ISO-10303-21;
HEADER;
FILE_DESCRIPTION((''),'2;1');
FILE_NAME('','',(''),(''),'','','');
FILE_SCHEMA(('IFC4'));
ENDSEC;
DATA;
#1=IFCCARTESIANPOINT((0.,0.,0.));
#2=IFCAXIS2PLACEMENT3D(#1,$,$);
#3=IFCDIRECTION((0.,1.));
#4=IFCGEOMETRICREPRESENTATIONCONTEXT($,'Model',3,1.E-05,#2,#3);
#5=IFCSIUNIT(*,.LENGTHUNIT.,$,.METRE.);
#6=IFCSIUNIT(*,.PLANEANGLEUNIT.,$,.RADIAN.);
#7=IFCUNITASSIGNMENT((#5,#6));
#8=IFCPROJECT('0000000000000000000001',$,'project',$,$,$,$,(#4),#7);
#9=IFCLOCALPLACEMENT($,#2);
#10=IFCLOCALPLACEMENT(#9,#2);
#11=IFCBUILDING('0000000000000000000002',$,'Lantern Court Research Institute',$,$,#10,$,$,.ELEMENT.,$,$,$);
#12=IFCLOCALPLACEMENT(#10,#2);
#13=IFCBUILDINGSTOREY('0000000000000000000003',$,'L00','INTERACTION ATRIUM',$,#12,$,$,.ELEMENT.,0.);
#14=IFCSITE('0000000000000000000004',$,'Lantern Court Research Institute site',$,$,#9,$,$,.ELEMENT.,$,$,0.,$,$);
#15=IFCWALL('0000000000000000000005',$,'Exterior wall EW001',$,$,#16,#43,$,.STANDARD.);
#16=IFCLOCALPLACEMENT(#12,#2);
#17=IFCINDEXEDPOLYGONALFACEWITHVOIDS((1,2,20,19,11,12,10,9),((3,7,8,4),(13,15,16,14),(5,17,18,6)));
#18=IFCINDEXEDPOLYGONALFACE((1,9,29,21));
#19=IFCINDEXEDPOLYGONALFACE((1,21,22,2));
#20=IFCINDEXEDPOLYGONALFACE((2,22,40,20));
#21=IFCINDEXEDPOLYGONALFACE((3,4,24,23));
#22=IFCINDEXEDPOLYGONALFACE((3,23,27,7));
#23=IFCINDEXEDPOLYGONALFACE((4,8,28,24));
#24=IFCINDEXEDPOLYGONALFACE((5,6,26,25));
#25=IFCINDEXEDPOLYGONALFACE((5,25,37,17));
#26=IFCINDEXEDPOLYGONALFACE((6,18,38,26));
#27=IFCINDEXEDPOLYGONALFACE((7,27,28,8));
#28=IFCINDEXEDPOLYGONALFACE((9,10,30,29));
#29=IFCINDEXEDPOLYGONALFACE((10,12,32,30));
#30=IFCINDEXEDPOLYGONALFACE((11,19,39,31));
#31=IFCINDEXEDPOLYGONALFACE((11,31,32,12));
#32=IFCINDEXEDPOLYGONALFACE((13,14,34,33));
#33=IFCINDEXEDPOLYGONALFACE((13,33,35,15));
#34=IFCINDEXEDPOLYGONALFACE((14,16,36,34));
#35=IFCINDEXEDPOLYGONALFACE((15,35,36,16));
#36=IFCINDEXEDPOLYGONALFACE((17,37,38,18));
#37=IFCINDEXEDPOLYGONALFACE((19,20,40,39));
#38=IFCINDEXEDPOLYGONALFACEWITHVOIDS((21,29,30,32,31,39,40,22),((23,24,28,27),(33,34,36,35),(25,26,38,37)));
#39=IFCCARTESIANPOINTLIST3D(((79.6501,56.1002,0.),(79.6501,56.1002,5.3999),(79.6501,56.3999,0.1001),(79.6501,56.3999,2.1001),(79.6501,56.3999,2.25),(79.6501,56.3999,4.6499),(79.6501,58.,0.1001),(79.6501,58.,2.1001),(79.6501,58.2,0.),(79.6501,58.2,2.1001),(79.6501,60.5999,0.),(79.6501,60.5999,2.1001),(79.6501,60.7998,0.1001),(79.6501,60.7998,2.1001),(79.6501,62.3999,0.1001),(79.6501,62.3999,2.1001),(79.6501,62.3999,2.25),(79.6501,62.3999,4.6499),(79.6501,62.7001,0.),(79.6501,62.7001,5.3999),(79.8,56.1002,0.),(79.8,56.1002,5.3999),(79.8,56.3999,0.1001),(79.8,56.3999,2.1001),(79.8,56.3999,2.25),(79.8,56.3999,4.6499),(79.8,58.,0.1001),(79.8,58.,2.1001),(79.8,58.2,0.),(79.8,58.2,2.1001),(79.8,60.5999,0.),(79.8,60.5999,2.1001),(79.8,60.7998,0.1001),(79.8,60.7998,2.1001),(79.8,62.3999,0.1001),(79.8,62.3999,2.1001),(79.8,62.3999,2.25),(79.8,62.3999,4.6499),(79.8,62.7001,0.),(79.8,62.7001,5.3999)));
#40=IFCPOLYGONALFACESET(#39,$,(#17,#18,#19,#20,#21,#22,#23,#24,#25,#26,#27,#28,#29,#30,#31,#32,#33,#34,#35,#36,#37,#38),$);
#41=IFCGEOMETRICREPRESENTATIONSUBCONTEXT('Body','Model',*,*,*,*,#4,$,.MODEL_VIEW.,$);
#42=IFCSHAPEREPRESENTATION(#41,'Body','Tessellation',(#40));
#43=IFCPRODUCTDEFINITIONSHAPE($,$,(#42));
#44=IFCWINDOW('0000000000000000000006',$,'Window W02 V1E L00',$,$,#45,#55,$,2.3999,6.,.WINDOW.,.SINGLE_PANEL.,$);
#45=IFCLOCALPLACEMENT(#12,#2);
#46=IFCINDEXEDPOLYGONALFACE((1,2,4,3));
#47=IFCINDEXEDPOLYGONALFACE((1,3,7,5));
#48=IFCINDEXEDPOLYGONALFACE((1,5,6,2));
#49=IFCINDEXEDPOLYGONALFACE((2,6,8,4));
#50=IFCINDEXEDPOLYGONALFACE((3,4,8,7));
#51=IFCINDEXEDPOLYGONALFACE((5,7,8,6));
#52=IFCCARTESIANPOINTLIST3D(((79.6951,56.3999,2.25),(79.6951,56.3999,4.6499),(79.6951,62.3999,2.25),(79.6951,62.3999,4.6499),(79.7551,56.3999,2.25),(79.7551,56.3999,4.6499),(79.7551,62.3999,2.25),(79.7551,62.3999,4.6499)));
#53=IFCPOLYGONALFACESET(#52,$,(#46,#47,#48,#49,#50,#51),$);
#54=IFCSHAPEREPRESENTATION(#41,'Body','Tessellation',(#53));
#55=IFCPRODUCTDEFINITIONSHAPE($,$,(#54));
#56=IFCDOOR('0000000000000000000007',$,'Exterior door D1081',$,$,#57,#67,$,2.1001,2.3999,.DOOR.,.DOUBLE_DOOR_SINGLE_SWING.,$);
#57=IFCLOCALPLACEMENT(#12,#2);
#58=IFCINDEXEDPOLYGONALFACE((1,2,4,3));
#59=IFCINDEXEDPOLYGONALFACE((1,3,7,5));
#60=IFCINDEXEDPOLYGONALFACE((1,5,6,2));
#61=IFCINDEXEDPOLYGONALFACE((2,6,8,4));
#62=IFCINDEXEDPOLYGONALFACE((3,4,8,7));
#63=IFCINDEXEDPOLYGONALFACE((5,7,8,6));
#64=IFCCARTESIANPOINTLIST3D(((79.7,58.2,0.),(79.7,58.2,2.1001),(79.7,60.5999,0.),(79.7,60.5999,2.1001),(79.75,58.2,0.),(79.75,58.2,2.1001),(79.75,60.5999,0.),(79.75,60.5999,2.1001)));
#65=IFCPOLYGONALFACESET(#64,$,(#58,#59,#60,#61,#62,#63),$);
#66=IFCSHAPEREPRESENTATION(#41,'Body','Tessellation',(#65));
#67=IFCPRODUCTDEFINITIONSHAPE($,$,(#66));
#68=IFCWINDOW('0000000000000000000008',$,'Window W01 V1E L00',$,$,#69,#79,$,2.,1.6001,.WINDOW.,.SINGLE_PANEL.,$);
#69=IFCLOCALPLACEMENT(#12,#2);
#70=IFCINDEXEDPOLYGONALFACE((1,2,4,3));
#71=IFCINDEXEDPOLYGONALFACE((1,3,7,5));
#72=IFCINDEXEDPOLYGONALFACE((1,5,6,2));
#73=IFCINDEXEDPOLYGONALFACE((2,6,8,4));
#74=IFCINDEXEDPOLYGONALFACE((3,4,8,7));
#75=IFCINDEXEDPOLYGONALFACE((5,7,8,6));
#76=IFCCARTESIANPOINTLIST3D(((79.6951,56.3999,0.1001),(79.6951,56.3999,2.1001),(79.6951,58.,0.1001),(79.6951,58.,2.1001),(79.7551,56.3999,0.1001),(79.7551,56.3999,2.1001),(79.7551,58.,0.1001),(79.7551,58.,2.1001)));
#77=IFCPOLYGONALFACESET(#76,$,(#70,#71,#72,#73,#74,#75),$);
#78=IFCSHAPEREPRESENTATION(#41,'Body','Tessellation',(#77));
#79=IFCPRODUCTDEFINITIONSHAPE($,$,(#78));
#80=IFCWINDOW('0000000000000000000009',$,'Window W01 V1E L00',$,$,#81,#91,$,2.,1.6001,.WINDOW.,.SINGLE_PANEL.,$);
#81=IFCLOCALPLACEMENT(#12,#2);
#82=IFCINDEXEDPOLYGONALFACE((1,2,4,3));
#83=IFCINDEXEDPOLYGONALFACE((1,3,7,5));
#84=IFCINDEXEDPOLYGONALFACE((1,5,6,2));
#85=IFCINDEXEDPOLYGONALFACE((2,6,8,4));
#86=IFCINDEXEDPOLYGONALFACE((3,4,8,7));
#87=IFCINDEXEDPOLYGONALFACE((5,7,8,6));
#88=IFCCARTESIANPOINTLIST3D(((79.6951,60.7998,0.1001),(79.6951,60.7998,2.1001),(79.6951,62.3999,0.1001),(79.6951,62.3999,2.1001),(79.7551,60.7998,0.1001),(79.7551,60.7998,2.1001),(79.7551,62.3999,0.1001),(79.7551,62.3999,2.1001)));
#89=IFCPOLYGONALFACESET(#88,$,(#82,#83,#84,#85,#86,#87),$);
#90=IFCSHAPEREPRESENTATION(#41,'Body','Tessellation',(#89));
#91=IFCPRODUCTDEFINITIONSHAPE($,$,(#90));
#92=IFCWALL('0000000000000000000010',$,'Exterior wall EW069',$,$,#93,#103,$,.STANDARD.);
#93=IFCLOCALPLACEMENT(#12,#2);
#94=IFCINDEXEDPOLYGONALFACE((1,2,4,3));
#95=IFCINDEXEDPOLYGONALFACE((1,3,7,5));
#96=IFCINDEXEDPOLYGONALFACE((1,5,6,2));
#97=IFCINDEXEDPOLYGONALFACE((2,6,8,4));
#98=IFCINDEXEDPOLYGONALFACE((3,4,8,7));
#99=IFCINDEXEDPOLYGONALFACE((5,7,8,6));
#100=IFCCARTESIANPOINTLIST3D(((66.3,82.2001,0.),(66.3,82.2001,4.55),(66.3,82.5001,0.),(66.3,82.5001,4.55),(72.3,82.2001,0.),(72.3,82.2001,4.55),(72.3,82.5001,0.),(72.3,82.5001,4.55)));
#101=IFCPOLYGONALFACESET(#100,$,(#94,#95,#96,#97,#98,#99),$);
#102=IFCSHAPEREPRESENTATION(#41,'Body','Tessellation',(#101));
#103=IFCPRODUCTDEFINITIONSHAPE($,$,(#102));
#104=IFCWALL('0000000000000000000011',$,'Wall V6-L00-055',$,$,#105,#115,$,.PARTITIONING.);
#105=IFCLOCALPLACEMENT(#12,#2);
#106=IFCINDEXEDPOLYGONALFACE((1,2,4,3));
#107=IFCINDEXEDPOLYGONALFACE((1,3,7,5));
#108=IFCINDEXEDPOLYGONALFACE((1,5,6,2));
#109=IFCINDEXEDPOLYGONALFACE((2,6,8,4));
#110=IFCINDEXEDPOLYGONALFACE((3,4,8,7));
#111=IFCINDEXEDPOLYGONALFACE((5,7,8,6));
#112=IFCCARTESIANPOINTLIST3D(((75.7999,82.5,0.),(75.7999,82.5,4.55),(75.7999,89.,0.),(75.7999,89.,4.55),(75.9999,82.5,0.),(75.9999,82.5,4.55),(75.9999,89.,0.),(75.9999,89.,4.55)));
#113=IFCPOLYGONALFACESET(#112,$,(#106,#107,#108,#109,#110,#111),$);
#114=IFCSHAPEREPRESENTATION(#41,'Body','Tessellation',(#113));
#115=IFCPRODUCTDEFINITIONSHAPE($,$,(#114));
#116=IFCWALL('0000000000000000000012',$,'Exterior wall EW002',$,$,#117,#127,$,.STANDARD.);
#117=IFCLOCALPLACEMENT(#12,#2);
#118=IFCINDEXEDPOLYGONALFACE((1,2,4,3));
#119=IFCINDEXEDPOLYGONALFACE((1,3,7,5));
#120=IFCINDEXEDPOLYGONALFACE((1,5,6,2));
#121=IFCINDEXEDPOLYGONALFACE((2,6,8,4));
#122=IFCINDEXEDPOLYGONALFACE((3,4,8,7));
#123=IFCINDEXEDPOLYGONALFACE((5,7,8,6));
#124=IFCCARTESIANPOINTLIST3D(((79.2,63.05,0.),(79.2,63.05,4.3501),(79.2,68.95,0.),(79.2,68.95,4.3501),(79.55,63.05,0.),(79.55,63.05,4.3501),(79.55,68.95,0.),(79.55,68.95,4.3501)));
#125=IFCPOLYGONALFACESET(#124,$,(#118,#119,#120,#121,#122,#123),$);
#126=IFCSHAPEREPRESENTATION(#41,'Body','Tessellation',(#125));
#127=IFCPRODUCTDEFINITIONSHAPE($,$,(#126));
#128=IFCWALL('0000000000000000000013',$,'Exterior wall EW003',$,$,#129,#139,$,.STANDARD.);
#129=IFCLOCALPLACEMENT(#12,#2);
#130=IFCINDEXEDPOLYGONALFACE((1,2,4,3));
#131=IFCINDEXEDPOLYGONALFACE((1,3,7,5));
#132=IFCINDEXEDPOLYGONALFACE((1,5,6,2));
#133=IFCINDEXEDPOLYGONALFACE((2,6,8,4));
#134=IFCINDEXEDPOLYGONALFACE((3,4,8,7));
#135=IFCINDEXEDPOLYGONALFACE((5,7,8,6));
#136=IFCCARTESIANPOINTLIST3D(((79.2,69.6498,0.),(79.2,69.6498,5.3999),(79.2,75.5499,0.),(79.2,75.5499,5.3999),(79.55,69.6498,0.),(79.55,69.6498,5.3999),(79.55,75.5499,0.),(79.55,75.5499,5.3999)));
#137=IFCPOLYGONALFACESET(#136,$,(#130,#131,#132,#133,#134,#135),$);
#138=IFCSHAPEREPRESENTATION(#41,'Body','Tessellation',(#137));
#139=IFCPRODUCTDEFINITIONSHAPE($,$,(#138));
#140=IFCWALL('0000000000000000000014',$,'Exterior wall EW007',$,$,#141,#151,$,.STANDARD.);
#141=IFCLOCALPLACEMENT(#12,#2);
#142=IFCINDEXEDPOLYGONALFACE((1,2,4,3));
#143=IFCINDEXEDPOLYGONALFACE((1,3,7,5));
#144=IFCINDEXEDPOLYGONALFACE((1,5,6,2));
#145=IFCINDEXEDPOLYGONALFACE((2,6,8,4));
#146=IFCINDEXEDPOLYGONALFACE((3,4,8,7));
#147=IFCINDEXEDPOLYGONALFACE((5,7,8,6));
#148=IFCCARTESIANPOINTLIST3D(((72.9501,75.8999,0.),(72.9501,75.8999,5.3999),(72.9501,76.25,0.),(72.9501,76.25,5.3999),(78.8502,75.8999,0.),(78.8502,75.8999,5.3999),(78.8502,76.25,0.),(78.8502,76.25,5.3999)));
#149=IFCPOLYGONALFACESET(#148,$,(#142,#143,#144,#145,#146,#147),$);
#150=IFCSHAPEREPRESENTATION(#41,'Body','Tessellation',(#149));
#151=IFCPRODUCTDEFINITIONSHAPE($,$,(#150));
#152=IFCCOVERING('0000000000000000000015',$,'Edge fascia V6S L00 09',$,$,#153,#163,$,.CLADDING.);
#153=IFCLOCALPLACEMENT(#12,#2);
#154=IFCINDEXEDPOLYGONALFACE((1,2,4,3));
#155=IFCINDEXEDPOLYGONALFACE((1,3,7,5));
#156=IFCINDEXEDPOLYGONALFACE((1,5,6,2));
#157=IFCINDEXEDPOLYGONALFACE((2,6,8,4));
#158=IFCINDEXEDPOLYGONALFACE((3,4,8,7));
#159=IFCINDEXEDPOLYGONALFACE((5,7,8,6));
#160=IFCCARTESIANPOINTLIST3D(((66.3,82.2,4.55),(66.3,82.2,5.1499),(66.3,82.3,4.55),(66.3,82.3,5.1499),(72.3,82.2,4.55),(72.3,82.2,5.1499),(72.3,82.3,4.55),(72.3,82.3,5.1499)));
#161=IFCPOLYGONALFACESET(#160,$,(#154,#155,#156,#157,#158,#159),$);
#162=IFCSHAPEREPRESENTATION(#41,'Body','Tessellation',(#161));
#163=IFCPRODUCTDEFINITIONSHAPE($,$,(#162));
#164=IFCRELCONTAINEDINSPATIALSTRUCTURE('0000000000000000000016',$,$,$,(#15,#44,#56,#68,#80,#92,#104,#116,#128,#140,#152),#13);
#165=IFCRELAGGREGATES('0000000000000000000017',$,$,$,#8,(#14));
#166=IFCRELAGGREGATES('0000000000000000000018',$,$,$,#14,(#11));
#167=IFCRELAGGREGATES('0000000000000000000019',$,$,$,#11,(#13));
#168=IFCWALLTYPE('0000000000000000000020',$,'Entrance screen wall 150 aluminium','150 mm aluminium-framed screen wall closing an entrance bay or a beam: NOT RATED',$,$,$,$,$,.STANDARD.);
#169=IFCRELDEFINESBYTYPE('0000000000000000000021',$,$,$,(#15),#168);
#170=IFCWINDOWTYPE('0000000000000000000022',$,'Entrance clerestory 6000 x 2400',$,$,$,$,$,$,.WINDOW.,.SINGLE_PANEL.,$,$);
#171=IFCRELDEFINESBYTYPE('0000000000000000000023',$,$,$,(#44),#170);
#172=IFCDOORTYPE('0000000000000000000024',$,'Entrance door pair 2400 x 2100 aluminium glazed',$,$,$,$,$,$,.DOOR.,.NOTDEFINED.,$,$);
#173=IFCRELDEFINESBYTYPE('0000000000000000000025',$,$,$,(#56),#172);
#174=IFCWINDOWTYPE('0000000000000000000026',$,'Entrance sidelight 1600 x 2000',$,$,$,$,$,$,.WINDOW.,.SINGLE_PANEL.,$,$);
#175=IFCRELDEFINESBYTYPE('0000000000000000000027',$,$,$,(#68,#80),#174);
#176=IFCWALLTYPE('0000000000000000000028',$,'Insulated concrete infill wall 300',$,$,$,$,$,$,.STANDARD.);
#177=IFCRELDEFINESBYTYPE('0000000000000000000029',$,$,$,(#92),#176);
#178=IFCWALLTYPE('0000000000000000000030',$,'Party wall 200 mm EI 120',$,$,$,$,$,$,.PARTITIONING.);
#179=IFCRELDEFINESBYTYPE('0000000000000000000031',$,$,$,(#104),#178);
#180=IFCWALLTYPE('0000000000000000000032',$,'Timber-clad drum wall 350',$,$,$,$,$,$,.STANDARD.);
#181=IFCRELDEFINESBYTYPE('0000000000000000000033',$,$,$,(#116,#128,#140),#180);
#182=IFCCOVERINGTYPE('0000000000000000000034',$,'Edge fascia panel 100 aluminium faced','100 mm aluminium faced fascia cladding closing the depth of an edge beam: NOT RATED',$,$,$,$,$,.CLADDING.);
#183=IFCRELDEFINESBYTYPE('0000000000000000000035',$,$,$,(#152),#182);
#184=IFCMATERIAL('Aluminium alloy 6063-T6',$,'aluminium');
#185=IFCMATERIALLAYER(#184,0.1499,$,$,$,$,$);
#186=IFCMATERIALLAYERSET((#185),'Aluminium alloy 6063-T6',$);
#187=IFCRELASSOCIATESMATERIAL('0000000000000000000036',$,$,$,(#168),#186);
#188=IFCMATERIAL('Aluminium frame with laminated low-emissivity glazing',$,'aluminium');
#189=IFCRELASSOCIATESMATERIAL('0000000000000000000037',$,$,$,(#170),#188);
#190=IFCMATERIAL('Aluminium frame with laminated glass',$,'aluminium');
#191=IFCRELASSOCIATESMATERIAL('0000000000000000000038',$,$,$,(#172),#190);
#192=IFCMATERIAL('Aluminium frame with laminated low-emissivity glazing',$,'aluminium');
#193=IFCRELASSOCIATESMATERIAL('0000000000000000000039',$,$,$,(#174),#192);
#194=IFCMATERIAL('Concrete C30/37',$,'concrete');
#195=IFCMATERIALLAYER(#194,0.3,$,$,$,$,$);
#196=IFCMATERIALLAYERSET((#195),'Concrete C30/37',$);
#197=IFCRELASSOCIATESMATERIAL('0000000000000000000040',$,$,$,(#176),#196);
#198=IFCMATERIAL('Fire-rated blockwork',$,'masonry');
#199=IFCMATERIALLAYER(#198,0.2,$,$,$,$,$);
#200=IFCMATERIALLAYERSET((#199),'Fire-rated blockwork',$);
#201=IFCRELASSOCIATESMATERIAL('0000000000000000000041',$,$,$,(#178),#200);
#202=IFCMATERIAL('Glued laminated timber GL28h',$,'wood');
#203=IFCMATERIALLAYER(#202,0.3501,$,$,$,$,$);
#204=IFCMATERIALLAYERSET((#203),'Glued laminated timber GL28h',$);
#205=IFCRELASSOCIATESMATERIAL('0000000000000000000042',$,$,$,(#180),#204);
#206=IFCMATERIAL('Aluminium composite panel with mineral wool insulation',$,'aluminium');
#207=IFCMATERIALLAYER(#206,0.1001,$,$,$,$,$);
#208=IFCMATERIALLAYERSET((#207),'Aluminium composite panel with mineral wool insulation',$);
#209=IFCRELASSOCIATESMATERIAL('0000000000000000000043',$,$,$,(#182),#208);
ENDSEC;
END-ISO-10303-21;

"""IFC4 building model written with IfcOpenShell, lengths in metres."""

from ifc_helpers import new_model, si_unit, direction, frame, frame_2d, origin, place, context, subcontext, project, spatial, rectangle, extrude, material, layer, layer_set, type_object, element, fill, save


model = new_model("IFC4")

# Units and contexts
model_context = context("Model", 3, precision=1e-05, world=origin(), true_north=direction((0.0, 1.0)))
body_context = subcontext(model_context, "Body", "Model", "MODEL_VIEW")
ifc_project = project(units=[si_unit("LENGTHUNIT", "METRE"), si_unit("PLANEANGLEUNIT", "RADIAN")], contexts=[model_context])

# Site, building, storey
site_placement = place(None, origin())
site = spatial("IfcSite", under=ifc_project, at=site_placement, Name="Lantern Court Research Institute site", CompositionType="ELEMENT", RefElevation=0.0)
building_placement = place(site_placement, origin())
building = spatial("IfcBuilding", under=site, at=building_placement, Name="Lantern Court Research Institute", CompositionType="ELEMENT")
storey_placement = place(building_placement, origin())
storey = spatial("IfcBuildingStorey", under=building, at=storey_placement, Name="L00", Description="INTERACTION ATRIUM", CompositionType="ELEMENT", Elevation=0.0)

# Wall, openings, windows, door
ifc_material_1 = material(Name="Aluminium alloy 6063-T6", Category="aluminium")
ifc_layer_1 = layer(ifc_material_1, 0.1499)
ifc_layer_set_1 = layer_set([ifc_layer_1], Name="Aluminium alloy 6063-T6")
wall_type_1 = type_object("IfcWallType", Name="Entrance screen wall 150 aluminium", Description="150 mm aluminium-framed screen wall closing an entrance bay or a beam: NOT RATED", PredefinedType="STANDARD", material=ifc_layer_set_1)
wall_1_placement = place(storey_placement, frame((79.7251, 62.7, 0.0), z_axis=(0.0, 0.0, 1.0), x_axis=(0.0, -1.0, 0.0)))
wall_1 = element("IfcWall", 1, at=wall_1_placement, inside=storey, type_object=wall_type_1, Name="Exterior wall EW001", PredefinedType="STANDARD", context=body_context, shape_type="SweptSolid", body=[
    extrude(rectangle(XDim=6.5999, YDim=0.1499, at=frame_2d((3.2998, 0.0))), origin(), (0.0, 0.0, 1.0), 5.3999),
])
opening_1_placement = place(wall_1_placement, frame((2.1001, 0.0, 0.0)))
opening_1 = element("IfcOpeningElement", 2, at=opening_1_placement, cuts=wall_1, PredefinedType="OPENING", context=body_context, shape_type="SweptSolid", body=[
    extrude(rectangle(XDim=2.3999, YDim=2.1001, at=frame_2d((1.2, 1.05))), frame((0.0, 0.085, 0.0), z_axis=(0.0, -1.0, 0.0), x_axis=(1.0, 0.0, 0.0)), (0.0, 0.0, 1.0), 0.1699),
])
opening_2_placement = place(wall_1_placement, frame((4.7, 0.0, 0.1001)))
opening_2 = element("IfcOpeningElement", 3, at=opening_2_placement, cuts=wall_1, PredefinedType="OPENING", context=body_context, shape_type="SweptSolid", body=[
    extrude(rectangle(XDim=1.6001, YDim=2.0, at=frame_2d((0.8, 1.0))), frame((0.0, 0.085, 0.0), z_axis=(0.0, -1.0, 0.0), x_axis=(1.0, 0.0, 0.0)), (0.0, 0.0, 1.0), 0.1699),
])
opening_3_placement = place(wall_1_placement, frame((0.3, 0.0, 0.1001)))
opening_3 = element("IfcOpeningElement", 4, at=opening_3_placement, cuts=wall_1, PredefinedType="OPENING", context=body_context, shape_type="SweptSolid", body=[
    extrude(rectangle(XDim=1.6001, YDim=2.0, at=frame_2d((0.8, 1.0))), frame((0.0, 0.085, 0.0), z_axis=(0.0, -1.0, 0.0), x_axis=(1.0, 0.0, 0.0)), (0.0, 0.0, 1.0), 0.1699),
])
opening_4_placement = place(wall_1_placement, frame((0.3, 0.0, 2.25)))
opening_4 = element("IfcOpeningElement", 5, at=opening_4_placement, cuts=wall_1, PredefinedType="OPENING", context=body_context, shape_type="SweptSolid", body=[
    extrude(rectangle(XDim=6.0, YDim=2.3999, at=frame_2d((3.0, 1.2))), frame((0.0, 0.085, 0.0), z_axis=(0.0, -1.0, 0.0), x_axis=(1.0, 0.0, 0.0)), (0.0, 0.0, 1.0), 0.1699),
])
ifc_material_2 = material(Name="Aluminium frame with laminated low-emissivity glazing", Category="aluminium")
window_type_1 = type_object("IfcWindowType", Name="Entrance clerestory 6000 x 2400", PartitioningType="SINGLE_PANEL", PredefinedType="WINDOW", material=ifc_material_2)
window_1_placement = place(opening_4_placement, origin())
window_1 = element("IfcWindow", 6, at=window_1_placement, inside=storey, type_object=window_type_1, Name="Window W02 V1E L00", OverallHeight=2.3999, OverallWidth=6.0, PartitioningType="SINGLE_PANEL", PredefinedType="WINDOW", context=body_context, shape_type="SweptSolid", body=[
    extrude(rectangle(XDim=6.0, YDim=2.3999, at=frame_2d((3.0, 1.2))), frame((0.0, 0.03, 0.0), z_axis=(0.0, -1.0, 0.0), x_axis=(1.0, 0.0, 0.0)), (0.0, 0.0, 1.0), 0.0601),
])
fill(opening_4, window_1)
ifc_material_3 = material(Name="Aluminium frame with laminated glass", Category="aluminium")
door_type = type_object("IfcDoorType", Name="Entrance door pair 2400 x 2100 aluminium glazed", OperationType="NOTDEFINED", PredefinedType="DOOR", material=ifc_material_3)
door_placement = place(opening_1_placement, origin())
door = element("IfcDoor", 7, at=door_placement, inside=storey, type_object=door_type, Name="Exterior door D1081", OperationType="DOUBLE_DOOR_SINGLE_SWING", OverallHeight=2.1001, OverallWidth=2.3999, PredefinedType="DOOR", context=body_context, shape_type="SweptSolid", body=[
    extrude(rectangle(XDim=2.3999, YDim=2.1001, at=frame_2d((1.2, 1.05))), frame((0.0, 0.0249, 0.0), z_axis=(0.0, -1.0, 0.0), x_axis=(1.0, 0.0, 0.0)), (0.0, 0.0, 1.0), 0.05),
])
fill(opening_1, door)
ifc_material_4 = material(Name="Aluminium frame with laminated low-emissivity glazing", Category="aluminium")
window_type_2 = type_object("IfcWindowType", Name="Entrance sidelight 1600 x 2000", PartitioningType="SINGLE_PANEL", PredefinedType="WINDOW", material=ifc_material_4)
window_2_placement = place(opening_2_placement, origin())
window_2 = element("IfcWindow", 8, at=window_2_placement, inside=storey, type_object=window_type_2, Name="Window W01 V1E L00", OverallHeight=2.0, OverallWidth=1.6001, PartitioningType="SINGLE_PANEL", PredefinedType="WINDOW", context=body_context, shape_type="SweptSolid", body=[
    extrude(rectangle(XDim=1.6001, YDim=2.0, at=frame_2d((0.8, 1.0))), frame((0.0, 0.03, 0.0), z_axis=(0.0, -1.0, 0.0), x_axis=(1.0, 0.0, 0.0)), (0.0, 0.0, 1.0), 0.0601),
])
fill(opening_2, window_2)
window_3_placement = place(opening_3_placement, origin())
window_3 = element("IfcWindow", 9, at=window_3_placement, inside=storey, type_object=window_type_2, Name="Window W01 V1E L00", OverallHeight=2.0, OverallWidth=1.6001, PartitioningType="SINGLE_PANEL", PredefinedType="WINDOW", context=body_context, shape_type="SweptSolid", body=[
    extrude(rectangle(XDim=1.6001, YDim=2.0, at=frame_2d((0.8, 1.0))), frame((0.0, 0.03, 0.0), z_axis=(0.0, -1.0, 0.0), x_axis=(1.0, 0.0, 0.0)), (0.0, 0.0, 1.0), 0.0601),
])
fill(opening_3, window_3)

# Walls
ifc_material_5 = material(Name="Concrete C30/37", Category="concrete")
ifc_layer_2 = layer(ifc_material_5, 0.3)
ifc_layer_set_2 = layer_set([ifc_layer_2], Name="Concrete C30/37")
wall_type_2 = type_object("IfcWallType", Name="Insulated concrete infill wall 300", PredefinedType="STANDARD", material=ifc_layer_set_2)
wall_2_placement = place(storey_placement, frame((72.3, 82.3501, 0.0), z_axis=(0.0, 0.0, 1.0), x_axis=(-1.0, 0.0, 0.0)))
element("IfcWall", 10, at=wall_2_placement, inside=storey, type_object=wall_type_2, Name="Exterior wall EW069", PredefinedType="STANDARD", context=body_context, shape_type="SweptSolid", body=[
    extrude(rectangle(XDim=6.0, YDim=0.3, at=frame_2d((3.0, 0.0))), origin(), (0.0, 0.0, 1.0), 4.55),
])
ifc_material_6 = material(Name="Fire-rated blockwork", Category="masonry")
ifc_layer_3 = layer(ifc_material_6, 0.2)
ifc_layer_set_3 = layer_set([ifc_layer_3], Name="Fire-rated blockwork")
wall_type_3 = type_object("IfcWallType", Name="Party wall 200 mm EI 120", PredefinedType="PARTITIONING", material=ifc_layer_set_3)
wall_3_placement = place(storey_placement, frame((75.8999, 82.5, 0.0), z_axis=(0.0, 0.0, 1.0), x_axis=(0.0, 1.0, 0.0)))
element("IfcWall", 11, at=wall_3_placement, inside=storey, type_object=wall_type_3, Name="Wall V6-L00-055", PredefinedType="PARTITIONING", context=body_context, shape_type="SweptSolid", body=[
    extrude(rectangle(XDim=6.5, YDim=0.2, at=frame_2d((3.25, 0.0))), origin(), (0.0, 0.0, 1.0), 4.55),
])
ifc_material_7 = material(Name="Glued laminated timber GL28h", Category="wood")
ifc_layer_4 = layer(ifc_material_7, 0.3501)
ifc_layer_set_4 = layer_set([ifc_layer_4], Name="Glued laminated timber GL28h")
wall_type_4 = type_object("IfcWallType", Name="Timber-clad drum wall 350", PredefinedType="STANDARD", material=ifc_layer_set_4)
wall_4_placement = place(storey_placement, frame((79.375, 68.95, 0.0), z_axis=(0.0, 0.0, 1.0), x_axis=(0.0, -1.0, 0.0)))
element("IfcWall", 12, at=wall_4_placement, inside=storey, type_object=wall_type_4, Name="Exterior wall EW002", PredefinedType="STANDARD", context=body_context, shape_type="SweptSolid", body=[
    extrude(rectangle(XDim=5.8999, YDim=0.3501, at=frame_2d((2.95, 0.0))), origin(), (0.0, 0.0, 1.0), 4.3501),
])
for number, where, z_axis, x_axis, name in (
    (13, (79.375, 75.55, 0.0), (0.0, 0.0, 1.0), (0.0, -1.0, 0.0), "Exterior wall EW003"),
    (14, (72.95, 76.075, 0.0), (0.0, 0.0, 1.0), (1.0, 0.0, 0.0), "Exterior wall EW007"),
):
    element("IfcWall", number, at=place(storey_placement, frame(where, z_axis=z_axis, x_axis=x_axis)), inside=storey, type_object=wall_type_4, Name=name, PredefinedType="STANDARD", context=body_context, shape_type="SweptSolid", body=[
        extrude(rectangle(XDim=5.9001, YDim=0.3501, at=frame_2d((2.9502, 0.0))), origin(), (0.0, 0.0, 1.0), 5.3999),
    ])

# Covering
ifc_material_8 = material(Name="Aluminium composite panel with mineral wool insulation", Category="aluminium")
ifc_layer_5 = layer(ifc_material_8, 0.1001)
ifc_layer_set_5 = layer_set([ifc_layer_5], Name="Aluminium composite panel with mineral wool insulation")
covering_type_1 = type_object("IfcCoveringType", Name="Edge fascia panel 100 aluminium faced", Description="100 mm aluminium faced fascia cladding closing the depth of an edge beam: NOT RATED", PredefinedType="CLADDING", material=ifc_layer_set_5)
for number, where, z_axis, x_axis, name in (
    (15, (72.3, 82.25, 4.55), (0.0, 0.0, 1.0), (-1.0, 0.0, 0.0), "Edge fascia V6S L00 09"),
):
    element("IfcCovering", number, at=place(storey_placement, frame(where, z_axis=z_axis, x_axis=x_axis)), inside=storey, type_object=covering_type_1, Name=name, PredefinedType="CLADDING", context=body_context, shape_type="SweptSolid", body=[
        extrude(rectangle(XDim=6.0, YDim=0.1001, at=frame_2d((3.0, 0.0))), origin(), (0.0, 0.0, 1.0), 0.5999),
    ])

save(model, "model.ifc")
